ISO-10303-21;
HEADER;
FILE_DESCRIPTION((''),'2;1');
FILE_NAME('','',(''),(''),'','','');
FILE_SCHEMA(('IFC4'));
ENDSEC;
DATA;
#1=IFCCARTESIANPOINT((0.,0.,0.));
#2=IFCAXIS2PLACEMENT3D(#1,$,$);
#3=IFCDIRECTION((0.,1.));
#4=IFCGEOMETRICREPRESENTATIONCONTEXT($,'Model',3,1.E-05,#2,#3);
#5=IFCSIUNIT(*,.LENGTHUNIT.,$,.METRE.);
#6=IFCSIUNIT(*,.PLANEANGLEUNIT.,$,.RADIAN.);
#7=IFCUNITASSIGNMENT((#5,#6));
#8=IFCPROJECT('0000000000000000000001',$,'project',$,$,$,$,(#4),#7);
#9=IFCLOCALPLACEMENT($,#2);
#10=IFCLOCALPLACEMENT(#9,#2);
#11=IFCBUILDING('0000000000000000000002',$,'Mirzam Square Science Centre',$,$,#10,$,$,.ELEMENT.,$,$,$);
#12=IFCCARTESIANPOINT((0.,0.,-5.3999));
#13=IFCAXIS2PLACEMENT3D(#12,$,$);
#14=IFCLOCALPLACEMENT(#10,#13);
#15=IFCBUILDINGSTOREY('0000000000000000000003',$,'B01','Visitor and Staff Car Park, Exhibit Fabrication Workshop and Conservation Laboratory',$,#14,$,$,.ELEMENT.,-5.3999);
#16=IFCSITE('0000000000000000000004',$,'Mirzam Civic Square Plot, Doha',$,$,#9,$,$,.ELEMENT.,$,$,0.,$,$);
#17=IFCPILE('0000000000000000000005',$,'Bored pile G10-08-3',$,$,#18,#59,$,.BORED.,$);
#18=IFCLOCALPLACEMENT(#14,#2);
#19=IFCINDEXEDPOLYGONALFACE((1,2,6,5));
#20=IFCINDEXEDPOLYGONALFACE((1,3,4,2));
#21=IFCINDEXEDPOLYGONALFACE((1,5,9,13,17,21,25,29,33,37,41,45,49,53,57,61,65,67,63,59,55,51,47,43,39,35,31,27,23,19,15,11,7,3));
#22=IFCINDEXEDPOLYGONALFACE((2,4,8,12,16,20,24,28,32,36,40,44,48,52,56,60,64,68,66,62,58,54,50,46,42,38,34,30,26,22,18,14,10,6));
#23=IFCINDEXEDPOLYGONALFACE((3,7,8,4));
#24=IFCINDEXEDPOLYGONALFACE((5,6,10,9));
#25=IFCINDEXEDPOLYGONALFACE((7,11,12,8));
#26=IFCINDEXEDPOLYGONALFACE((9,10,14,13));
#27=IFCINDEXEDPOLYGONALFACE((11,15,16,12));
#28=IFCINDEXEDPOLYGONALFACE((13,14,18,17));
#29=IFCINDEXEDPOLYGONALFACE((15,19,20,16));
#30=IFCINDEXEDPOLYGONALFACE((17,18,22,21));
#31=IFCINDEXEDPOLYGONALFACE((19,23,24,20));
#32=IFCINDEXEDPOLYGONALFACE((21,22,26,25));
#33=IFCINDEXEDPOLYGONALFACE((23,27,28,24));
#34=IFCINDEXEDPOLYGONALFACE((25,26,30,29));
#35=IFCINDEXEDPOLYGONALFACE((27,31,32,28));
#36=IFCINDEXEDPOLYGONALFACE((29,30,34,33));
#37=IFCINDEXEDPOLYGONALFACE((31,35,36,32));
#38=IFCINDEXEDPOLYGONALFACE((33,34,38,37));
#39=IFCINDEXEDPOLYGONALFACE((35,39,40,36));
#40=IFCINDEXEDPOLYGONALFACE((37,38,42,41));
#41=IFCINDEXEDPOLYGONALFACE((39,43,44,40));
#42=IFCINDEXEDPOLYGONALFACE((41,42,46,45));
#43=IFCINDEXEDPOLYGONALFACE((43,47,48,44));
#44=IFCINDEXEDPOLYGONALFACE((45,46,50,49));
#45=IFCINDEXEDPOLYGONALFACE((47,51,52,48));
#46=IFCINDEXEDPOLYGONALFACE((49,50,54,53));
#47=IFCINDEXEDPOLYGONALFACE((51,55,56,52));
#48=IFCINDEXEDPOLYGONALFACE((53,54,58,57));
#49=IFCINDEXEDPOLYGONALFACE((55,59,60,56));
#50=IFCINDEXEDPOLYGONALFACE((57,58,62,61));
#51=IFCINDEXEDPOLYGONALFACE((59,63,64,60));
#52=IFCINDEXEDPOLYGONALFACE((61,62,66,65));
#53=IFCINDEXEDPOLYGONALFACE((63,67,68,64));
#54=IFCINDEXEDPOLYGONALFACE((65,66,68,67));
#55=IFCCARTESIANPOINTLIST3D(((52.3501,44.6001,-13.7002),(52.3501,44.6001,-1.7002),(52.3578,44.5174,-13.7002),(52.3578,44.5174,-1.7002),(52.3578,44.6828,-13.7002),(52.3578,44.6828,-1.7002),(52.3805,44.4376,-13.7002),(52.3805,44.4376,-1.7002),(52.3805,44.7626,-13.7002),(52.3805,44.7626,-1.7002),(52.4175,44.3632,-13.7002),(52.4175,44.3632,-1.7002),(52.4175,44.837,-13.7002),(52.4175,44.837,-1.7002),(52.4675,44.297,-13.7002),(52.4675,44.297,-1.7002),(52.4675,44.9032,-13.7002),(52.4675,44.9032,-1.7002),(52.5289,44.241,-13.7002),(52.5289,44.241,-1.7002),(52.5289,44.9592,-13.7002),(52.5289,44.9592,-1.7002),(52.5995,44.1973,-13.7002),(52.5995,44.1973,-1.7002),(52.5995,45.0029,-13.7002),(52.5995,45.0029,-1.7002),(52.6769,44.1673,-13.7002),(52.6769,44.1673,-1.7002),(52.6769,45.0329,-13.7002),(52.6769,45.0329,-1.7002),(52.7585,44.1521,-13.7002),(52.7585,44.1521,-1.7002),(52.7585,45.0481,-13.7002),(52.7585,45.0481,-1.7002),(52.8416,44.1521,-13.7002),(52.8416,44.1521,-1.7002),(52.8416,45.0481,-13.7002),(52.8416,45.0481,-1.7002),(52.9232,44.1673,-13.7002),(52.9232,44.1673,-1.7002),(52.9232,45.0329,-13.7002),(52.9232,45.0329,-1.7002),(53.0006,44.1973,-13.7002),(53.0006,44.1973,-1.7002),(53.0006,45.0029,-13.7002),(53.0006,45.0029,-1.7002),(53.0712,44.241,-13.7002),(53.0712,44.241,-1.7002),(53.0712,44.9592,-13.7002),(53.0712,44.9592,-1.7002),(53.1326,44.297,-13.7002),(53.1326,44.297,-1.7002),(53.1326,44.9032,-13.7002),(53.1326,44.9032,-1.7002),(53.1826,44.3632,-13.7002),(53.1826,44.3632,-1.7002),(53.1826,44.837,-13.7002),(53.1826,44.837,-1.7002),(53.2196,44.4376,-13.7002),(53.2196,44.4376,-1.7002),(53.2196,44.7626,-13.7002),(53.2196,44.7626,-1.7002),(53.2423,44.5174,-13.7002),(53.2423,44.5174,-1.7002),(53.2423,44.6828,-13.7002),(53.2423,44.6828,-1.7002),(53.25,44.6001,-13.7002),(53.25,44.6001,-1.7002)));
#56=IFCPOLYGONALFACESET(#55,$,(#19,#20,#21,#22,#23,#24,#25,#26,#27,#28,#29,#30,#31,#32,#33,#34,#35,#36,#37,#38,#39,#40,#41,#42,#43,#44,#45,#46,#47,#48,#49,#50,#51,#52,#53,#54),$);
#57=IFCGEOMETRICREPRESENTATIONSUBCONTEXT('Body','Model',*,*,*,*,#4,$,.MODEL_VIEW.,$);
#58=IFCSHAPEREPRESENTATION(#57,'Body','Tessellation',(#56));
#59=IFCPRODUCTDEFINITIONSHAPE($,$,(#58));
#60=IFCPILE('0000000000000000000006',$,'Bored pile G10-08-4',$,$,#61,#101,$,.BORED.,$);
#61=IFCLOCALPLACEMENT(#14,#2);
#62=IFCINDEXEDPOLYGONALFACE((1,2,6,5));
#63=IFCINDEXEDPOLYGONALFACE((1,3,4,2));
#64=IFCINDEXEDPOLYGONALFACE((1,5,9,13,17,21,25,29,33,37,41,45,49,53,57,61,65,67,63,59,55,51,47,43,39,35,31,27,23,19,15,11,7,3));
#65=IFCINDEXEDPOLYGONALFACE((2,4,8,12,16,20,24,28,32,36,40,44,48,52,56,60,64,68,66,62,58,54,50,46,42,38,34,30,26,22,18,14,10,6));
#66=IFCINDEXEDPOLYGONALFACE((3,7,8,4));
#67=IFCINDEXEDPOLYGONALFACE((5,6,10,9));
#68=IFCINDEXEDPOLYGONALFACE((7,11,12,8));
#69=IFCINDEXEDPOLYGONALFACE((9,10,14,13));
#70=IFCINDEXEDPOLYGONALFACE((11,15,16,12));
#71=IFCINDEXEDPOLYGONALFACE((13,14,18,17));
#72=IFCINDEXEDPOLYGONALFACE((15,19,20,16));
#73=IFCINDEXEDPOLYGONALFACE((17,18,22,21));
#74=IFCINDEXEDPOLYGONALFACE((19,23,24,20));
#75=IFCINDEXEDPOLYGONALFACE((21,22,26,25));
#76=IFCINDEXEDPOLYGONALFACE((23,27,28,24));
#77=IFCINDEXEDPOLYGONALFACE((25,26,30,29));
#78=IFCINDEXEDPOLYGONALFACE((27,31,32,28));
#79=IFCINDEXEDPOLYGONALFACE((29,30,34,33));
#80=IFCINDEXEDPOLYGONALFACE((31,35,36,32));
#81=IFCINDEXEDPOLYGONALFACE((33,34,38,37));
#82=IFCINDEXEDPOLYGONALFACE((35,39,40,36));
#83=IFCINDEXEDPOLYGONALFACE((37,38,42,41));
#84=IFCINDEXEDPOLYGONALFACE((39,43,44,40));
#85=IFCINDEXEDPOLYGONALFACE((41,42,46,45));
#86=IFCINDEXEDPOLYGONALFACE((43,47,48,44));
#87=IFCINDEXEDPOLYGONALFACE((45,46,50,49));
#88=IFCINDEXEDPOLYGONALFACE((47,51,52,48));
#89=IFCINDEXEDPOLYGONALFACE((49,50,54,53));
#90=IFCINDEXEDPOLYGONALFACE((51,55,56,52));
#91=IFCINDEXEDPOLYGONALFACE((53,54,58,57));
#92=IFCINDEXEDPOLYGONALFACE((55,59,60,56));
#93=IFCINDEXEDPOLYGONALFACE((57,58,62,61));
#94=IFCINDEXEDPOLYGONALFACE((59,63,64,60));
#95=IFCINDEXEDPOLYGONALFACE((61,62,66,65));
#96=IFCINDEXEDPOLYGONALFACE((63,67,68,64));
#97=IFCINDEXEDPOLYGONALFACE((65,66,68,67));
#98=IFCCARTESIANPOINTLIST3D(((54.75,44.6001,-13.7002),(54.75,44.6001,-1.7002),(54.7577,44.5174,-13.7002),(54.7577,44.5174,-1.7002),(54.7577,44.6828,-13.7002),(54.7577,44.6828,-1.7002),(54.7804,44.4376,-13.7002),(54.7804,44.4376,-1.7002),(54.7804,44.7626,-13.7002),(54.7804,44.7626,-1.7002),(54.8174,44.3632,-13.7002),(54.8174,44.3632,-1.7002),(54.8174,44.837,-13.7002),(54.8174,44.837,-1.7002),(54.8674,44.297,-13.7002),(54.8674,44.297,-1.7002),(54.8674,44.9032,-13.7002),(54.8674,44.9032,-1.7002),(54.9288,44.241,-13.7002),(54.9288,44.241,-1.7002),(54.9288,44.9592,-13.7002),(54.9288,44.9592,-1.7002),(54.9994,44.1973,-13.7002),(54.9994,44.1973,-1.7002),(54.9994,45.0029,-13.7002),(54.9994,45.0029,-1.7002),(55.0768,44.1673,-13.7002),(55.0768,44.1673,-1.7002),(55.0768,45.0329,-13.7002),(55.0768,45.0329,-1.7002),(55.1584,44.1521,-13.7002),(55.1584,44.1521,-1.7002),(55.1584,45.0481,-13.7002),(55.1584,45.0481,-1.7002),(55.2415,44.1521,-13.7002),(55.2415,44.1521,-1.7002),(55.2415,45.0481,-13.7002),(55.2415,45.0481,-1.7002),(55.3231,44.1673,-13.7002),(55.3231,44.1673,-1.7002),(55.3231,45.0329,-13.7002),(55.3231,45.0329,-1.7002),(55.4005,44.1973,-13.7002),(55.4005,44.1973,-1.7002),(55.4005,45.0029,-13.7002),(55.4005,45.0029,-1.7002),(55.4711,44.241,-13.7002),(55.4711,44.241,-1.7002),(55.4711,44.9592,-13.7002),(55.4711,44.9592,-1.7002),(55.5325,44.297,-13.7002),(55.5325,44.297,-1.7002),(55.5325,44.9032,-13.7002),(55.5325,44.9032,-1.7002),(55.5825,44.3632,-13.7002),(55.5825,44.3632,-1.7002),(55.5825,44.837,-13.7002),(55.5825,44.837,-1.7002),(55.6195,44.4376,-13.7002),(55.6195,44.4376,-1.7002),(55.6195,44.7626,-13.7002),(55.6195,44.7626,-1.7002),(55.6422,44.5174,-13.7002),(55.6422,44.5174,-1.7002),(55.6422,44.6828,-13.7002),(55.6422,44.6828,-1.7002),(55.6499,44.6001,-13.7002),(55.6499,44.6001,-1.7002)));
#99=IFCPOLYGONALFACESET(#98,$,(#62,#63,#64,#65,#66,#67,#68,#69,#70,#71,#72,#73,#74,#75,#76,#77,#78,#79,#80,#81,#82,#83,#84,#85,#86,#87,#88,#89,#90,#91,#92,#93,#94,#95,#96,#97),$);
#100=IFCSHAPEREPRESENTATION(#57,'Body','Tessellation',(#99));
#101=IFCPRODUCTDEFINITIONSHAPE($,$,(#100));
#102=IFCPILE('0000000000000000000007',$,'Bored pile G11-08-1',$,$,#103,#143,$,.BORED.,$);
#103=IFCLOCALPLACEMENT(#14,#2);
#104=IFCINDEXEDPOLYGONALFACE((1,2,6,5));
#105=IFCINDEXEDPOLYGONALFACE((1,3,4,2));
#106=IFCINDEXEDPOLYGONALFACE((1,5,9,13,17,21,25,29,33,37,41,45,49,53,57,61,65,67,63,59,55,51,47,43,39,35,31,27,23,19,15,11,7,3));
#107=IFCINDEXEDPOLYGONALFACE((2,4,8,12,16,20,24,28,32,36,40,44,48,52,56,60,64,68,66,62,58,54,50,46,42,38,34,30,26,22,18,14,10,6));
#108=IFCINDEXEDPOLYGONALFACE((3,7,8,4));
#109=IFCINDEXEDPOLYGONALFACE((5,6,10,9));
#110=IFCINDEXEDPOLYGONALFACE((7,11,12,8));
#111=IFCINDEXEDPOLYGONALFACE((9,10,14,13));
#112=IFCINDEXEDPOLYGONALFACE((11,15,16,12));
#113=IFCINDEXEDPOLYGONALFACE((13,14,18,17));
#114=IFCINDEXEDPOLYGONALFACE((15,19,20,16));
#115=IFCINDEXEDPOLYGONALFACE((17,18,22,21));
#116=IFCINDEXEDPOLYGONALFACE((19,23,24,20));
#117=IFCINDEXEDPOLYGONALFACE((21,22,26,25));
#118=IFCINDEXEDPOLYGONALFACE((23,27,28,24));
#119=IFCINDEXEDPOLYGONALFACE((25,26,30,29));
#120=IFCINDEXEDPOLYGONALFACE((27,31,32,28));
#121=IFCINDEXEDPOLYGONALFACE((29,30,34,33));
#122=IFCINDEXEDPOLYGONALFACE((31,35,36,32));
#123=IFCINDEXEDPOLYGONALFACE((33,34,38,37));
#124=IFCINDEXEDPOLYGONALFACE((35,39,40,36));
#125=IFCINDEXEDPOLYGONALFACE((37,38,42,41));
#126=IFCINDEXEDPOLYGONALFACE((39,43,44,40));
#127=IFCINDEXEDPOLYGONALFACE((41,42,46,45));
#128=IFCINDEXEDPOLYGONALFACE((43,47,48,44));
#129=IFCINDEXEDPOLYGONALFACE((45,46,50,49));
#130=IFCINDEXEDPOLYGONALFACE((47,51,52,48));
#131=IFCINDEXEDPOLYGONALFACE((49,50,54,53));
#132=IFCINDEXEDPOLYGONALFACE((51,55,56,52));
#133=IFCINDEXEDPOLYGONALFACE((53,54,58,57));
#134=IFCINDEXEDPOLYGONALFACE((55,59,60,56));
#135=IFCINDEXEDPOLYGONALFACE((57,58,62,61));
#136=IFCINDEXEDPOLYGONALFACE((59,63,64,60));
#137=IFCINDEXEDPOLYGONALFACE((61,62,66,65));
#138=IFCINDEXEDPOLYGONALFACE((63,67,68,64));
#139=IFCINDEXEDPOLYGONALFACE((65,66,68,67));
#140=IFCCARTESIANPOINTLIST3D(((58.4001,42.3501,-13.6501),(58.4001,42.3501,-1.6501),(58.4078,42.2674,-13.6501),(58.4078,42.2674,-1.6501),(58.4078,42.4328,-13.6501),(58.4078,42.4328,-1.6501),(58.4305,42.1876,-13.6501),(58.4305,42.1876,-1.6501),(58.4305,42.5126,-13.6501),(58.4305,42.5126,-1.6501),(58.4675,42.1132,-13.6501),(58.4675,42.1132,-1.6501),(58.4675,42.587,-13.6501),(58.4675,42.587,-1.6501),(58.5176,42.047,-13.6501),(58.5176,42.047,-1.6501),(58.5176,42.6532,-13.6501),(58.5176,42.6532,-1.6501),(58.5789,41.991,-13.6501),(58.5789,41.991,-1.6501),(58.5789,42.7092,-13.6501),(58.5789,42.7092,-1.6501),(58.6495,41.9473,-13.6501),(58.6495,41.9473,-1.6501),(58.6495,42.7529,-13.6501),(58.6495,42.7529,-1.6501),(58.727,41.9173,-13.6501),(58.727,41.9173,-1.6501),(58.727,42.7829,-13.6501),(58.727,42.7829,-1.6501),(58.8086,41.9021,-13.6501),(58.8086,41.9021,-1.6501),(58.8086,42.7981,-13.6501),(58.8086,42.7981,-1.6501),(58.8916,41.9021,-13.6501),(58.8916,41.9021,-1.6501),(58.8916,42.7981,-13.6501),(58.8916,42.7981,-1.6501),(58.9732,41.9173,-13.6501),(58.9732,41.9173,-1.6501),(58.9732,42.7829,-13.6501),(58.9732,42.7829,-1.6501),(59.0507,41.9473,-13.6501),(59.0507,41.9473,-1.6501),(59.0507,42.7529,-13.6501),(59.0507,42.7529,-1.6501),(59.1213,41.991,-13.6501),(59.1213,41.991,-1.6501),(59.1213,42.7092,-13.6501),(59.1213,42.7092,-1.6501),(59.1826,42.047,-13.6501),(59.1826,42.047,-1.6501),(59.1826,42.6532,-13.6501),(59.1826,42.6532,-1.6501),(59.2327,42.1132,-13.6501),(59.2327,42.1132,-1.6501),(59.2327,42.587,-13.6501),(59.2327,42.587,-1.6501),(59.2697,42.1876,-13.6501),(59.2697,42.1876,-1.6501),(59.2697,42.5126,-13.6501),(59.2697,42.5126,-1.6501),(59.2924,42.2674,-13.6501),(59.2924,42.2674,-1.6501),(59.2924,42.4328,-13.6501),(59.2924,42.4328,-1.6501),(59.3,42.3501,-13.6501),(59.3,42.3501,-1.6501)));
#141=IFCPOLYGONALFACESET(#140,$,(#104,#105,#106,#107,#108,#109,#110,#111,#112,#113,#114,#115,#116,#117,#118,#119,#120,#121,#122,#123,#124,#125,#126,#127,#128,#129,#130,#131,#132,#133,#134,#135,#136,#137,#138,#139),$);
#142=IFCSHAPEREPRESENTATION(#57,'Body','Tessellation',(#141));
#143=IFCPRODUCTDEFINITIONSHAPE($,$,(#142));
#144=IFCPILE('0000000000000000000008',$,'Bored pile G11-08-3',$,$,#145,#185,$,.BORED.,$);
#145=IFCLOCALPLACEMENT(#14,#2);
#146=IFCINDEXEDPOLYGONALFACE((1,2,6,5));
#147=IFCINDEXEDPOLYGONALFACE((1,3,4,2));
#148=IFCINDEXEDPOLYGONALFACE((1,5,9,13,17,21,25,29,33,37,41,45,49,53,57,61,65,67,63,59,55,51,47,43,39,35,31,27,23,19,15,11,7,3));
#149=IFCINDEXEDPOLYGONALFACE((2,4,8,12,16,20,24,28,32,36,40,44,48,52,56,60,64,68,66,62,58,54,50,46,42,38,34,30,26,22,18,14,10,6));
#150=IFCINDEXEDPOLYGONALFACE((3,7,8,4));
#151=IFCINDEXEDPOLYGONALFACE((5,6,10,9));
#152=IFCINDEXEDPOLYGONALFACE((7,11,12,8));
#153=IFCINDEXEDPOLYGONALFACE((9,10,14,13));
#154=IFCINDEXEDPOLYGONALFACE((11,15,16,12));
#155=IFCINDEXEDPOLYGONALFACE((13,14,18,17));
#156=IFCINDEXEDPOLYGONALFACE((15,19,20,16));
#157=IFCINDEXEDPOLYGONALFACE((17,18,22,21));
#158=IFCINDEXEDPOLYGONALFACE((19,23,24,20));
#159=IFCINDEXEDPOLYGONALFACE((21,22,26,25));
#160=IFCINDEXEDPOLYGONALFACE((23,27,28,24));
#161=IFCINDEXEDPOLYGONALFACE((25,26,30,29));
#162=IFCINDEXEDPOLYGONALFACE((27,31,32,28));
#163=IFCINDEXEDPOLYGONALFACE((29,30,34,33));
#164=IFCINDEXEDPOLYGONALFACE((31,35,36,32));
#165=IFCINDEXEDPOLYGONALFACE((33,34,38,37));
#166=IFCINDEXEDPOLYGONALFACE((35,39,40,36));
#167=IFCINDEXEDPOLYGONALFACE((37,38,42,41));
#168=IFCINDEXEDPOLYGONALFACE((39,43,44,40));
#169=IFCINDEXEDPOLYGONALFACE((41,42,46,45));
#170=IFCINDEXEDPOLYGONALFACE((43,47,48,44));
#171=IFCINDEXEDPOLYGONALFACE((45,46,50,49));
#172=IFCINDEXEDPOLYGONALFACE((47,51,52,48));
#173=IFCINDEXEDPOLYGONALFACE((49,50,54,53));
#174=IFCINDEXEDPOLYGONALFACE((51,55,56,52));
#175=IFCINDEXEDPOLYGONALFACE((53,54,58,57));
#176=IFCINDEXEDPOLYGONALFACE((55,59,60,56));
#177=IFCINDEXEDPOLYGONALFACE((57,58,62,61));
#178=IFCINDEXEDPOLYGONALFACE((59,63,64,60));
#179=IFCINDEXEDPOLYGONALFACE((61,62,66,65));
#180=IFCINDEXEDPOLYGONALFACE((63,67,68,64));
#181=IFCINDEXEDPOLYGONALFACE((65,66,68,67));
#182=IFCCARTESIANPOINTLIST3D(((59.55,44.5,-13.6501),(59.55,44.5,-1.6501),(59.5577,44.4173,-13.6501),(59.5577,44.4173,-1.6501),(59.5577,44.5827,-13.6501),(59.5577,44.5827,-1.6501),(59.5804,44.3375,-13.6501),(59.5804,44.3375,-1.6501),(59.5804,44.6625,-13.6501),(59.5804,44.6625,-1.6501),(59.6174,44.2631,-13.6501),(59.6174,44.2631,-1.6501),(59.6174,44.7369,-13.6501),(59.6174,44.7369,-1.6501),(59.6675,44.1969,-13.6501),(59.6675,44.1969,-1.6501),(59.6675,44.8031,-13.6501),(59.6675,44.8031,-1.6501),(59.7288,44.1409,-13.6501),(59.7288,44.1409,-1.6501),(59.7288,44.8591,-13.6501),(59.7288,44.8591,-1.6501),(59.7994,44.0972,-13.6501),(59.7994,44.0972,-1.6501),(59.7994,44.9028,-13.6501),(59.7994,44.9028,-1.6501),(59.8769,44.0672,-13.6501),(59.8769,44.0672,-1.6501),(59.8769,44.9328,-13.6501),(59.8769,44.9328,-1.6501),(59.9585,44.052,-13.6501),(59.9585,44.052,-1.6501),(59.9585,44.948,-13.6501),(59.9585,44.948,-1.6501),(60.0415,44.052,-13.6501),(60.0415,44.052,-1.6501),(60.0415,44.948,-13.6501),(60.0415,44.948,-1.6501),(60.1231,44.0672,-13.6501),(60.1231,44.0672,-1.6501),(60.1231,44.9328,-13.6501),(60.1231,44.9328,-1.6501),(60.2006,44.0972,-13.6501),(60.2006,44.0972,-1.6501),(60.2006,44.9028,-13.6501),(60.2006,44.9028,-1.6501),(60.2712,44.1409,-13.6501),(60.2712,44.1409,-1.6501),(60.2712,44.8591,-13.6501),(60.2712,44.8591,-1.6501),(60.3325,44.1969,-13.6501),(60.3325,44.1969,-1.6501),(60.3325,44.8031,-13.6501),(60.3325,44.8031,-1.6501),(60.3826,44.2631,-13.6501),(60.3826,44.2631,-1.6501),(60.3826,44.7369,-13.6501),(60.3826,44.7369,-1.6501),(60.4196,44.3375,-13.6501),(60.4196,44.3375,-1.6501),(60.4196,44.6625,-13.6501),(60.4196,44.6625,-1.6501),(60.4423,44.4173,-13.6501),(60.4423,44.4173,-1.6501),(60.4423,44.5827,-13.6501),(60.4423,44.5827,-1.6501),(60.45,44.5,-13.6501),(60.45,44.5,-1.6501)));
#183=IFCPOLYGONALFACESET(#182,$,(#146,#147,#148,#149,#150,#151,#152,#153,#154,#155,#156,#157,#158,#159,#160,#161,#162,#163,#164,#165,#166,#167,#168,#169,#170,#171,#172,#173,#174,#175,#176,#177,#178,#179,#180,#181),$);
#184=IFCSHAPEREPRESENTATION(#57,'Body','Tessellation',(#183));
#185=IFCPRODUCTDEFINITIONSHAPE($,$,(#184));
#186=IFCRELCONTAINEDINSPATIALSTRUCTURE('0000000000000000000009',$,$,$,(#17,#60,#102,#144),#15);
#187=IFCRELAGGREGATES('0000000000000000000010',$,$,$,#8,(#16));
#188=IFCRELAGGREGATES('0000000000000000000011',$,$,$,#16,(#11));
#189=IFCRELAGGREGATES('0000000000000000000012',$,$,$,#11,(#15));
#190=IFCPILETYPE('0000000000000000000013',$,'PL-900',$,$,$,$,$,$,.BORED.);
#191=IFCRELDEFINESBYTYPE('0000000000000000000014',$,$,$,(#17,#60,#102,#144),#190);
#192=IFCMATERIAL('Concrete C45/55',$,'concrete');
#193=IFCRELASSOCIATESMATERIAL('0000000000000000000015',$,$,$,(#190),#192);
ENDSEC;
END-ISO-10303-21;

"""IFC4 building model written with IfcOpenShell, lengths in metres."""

from ifc_helpers import new_model, si_unit, direction, frame, origin, origin_2d, place, context, subcontext, project, spatial, circle, extrude, material, material_profile, profile_set, type_object, element, save


model = new_model("IFC4")

# Units and contexts
model_context = context("Model", 3, precision=1e-05, world=origin(), true_north=direction((0.0, 1.0)))
body_context = subcontext(model_context, "Body", "Model", "MODEL_VIEW")
ifc_project = project(units=[si_unit("LENGTHUNIT", "METRE"), si_unit("PLANEANGLEUNIT", "RADIAN")], contexts=[model_context])

# Site, building, storey
site_placement = place(None, origin())
site = spatial("IfcSite", under=ifc_project, at=site_placement, Name="Mirzam Civic Square Plot, Doha", CompositionType="ELEMENT", RefElevation=0.0)
building_placement = place(site_placement, origin())
building = spatial("IfcBuilding", under=site, at=building_placement, Name="Mirzam Square Science Centre", CompositionType="ELEMENT")
storey_placement = place(building_placement, frame((0.0, 0.0, -5.3999)))
storey = spatial("IfcBuildingStorey", under=building, at=storey_placement, Name="B01", Description="Visitor and Staff Car Park, Exhibit Fabrication Workshop and Conservation Laboratory", CompositionType="ELEMENT", Elevation=-5.3999)

# Shared definitions
ifc_material_1 = material(Name="Concrete C45/55", Category="concrete")

# Piles
ifc_material_profile_1 = material_profile(ifc_material_1, circle(Radius=0.45, at=origin_2d()), Name="PILE-D900")
ifc_profile_set_1 = profile_set([ifc_material_profile_1], Name="Concrete C45/55")
pile_type = type_object("IfcPileType", Name="PL-900", PredefinedType="BORED", material=ifc_profile_set_1)
for number, where, z_axis, x_axis, name in (
    (1, (52.8, 44.6001, -1.7002), (0.0, 0.0, -1.0), (1.0, 0.0, 0.0), "Bored pile G10-08-3"),
    (2, (55.2, 44.6001, -1.7002), (0.0, 0.0, -1.0), (1.0, 0.0, 0.0), "Bored pile G10-08-4"),
    (3, (58.8501, 42.3501, -1.6501), (0.0, 0.0, -1.0), (1.0, 0.0, 0.0), "Bored pile G11-08-1"),
    (4, (60.0, 44.5, -1.6501), (0.0, 0.0, -1.0), (1.0, 0.0, 0.0), "Bored pile G11-08-3"),
):
    element("IfcPile", number, at=place(storey_placement, frame(where, z_axis=z_axis, x_axis=x_axis)), inside=storey, type_object=pile_type, Name=name, PredefinedType="BORED", context=body_context, shape_type="SweptSolid", body=[
        extrude(circle(Radius=0.45, at=origin_2d()), origin(), (0.0, 0.0, 1.0), 12.0),
    ])

save(model, "model.ifc")
